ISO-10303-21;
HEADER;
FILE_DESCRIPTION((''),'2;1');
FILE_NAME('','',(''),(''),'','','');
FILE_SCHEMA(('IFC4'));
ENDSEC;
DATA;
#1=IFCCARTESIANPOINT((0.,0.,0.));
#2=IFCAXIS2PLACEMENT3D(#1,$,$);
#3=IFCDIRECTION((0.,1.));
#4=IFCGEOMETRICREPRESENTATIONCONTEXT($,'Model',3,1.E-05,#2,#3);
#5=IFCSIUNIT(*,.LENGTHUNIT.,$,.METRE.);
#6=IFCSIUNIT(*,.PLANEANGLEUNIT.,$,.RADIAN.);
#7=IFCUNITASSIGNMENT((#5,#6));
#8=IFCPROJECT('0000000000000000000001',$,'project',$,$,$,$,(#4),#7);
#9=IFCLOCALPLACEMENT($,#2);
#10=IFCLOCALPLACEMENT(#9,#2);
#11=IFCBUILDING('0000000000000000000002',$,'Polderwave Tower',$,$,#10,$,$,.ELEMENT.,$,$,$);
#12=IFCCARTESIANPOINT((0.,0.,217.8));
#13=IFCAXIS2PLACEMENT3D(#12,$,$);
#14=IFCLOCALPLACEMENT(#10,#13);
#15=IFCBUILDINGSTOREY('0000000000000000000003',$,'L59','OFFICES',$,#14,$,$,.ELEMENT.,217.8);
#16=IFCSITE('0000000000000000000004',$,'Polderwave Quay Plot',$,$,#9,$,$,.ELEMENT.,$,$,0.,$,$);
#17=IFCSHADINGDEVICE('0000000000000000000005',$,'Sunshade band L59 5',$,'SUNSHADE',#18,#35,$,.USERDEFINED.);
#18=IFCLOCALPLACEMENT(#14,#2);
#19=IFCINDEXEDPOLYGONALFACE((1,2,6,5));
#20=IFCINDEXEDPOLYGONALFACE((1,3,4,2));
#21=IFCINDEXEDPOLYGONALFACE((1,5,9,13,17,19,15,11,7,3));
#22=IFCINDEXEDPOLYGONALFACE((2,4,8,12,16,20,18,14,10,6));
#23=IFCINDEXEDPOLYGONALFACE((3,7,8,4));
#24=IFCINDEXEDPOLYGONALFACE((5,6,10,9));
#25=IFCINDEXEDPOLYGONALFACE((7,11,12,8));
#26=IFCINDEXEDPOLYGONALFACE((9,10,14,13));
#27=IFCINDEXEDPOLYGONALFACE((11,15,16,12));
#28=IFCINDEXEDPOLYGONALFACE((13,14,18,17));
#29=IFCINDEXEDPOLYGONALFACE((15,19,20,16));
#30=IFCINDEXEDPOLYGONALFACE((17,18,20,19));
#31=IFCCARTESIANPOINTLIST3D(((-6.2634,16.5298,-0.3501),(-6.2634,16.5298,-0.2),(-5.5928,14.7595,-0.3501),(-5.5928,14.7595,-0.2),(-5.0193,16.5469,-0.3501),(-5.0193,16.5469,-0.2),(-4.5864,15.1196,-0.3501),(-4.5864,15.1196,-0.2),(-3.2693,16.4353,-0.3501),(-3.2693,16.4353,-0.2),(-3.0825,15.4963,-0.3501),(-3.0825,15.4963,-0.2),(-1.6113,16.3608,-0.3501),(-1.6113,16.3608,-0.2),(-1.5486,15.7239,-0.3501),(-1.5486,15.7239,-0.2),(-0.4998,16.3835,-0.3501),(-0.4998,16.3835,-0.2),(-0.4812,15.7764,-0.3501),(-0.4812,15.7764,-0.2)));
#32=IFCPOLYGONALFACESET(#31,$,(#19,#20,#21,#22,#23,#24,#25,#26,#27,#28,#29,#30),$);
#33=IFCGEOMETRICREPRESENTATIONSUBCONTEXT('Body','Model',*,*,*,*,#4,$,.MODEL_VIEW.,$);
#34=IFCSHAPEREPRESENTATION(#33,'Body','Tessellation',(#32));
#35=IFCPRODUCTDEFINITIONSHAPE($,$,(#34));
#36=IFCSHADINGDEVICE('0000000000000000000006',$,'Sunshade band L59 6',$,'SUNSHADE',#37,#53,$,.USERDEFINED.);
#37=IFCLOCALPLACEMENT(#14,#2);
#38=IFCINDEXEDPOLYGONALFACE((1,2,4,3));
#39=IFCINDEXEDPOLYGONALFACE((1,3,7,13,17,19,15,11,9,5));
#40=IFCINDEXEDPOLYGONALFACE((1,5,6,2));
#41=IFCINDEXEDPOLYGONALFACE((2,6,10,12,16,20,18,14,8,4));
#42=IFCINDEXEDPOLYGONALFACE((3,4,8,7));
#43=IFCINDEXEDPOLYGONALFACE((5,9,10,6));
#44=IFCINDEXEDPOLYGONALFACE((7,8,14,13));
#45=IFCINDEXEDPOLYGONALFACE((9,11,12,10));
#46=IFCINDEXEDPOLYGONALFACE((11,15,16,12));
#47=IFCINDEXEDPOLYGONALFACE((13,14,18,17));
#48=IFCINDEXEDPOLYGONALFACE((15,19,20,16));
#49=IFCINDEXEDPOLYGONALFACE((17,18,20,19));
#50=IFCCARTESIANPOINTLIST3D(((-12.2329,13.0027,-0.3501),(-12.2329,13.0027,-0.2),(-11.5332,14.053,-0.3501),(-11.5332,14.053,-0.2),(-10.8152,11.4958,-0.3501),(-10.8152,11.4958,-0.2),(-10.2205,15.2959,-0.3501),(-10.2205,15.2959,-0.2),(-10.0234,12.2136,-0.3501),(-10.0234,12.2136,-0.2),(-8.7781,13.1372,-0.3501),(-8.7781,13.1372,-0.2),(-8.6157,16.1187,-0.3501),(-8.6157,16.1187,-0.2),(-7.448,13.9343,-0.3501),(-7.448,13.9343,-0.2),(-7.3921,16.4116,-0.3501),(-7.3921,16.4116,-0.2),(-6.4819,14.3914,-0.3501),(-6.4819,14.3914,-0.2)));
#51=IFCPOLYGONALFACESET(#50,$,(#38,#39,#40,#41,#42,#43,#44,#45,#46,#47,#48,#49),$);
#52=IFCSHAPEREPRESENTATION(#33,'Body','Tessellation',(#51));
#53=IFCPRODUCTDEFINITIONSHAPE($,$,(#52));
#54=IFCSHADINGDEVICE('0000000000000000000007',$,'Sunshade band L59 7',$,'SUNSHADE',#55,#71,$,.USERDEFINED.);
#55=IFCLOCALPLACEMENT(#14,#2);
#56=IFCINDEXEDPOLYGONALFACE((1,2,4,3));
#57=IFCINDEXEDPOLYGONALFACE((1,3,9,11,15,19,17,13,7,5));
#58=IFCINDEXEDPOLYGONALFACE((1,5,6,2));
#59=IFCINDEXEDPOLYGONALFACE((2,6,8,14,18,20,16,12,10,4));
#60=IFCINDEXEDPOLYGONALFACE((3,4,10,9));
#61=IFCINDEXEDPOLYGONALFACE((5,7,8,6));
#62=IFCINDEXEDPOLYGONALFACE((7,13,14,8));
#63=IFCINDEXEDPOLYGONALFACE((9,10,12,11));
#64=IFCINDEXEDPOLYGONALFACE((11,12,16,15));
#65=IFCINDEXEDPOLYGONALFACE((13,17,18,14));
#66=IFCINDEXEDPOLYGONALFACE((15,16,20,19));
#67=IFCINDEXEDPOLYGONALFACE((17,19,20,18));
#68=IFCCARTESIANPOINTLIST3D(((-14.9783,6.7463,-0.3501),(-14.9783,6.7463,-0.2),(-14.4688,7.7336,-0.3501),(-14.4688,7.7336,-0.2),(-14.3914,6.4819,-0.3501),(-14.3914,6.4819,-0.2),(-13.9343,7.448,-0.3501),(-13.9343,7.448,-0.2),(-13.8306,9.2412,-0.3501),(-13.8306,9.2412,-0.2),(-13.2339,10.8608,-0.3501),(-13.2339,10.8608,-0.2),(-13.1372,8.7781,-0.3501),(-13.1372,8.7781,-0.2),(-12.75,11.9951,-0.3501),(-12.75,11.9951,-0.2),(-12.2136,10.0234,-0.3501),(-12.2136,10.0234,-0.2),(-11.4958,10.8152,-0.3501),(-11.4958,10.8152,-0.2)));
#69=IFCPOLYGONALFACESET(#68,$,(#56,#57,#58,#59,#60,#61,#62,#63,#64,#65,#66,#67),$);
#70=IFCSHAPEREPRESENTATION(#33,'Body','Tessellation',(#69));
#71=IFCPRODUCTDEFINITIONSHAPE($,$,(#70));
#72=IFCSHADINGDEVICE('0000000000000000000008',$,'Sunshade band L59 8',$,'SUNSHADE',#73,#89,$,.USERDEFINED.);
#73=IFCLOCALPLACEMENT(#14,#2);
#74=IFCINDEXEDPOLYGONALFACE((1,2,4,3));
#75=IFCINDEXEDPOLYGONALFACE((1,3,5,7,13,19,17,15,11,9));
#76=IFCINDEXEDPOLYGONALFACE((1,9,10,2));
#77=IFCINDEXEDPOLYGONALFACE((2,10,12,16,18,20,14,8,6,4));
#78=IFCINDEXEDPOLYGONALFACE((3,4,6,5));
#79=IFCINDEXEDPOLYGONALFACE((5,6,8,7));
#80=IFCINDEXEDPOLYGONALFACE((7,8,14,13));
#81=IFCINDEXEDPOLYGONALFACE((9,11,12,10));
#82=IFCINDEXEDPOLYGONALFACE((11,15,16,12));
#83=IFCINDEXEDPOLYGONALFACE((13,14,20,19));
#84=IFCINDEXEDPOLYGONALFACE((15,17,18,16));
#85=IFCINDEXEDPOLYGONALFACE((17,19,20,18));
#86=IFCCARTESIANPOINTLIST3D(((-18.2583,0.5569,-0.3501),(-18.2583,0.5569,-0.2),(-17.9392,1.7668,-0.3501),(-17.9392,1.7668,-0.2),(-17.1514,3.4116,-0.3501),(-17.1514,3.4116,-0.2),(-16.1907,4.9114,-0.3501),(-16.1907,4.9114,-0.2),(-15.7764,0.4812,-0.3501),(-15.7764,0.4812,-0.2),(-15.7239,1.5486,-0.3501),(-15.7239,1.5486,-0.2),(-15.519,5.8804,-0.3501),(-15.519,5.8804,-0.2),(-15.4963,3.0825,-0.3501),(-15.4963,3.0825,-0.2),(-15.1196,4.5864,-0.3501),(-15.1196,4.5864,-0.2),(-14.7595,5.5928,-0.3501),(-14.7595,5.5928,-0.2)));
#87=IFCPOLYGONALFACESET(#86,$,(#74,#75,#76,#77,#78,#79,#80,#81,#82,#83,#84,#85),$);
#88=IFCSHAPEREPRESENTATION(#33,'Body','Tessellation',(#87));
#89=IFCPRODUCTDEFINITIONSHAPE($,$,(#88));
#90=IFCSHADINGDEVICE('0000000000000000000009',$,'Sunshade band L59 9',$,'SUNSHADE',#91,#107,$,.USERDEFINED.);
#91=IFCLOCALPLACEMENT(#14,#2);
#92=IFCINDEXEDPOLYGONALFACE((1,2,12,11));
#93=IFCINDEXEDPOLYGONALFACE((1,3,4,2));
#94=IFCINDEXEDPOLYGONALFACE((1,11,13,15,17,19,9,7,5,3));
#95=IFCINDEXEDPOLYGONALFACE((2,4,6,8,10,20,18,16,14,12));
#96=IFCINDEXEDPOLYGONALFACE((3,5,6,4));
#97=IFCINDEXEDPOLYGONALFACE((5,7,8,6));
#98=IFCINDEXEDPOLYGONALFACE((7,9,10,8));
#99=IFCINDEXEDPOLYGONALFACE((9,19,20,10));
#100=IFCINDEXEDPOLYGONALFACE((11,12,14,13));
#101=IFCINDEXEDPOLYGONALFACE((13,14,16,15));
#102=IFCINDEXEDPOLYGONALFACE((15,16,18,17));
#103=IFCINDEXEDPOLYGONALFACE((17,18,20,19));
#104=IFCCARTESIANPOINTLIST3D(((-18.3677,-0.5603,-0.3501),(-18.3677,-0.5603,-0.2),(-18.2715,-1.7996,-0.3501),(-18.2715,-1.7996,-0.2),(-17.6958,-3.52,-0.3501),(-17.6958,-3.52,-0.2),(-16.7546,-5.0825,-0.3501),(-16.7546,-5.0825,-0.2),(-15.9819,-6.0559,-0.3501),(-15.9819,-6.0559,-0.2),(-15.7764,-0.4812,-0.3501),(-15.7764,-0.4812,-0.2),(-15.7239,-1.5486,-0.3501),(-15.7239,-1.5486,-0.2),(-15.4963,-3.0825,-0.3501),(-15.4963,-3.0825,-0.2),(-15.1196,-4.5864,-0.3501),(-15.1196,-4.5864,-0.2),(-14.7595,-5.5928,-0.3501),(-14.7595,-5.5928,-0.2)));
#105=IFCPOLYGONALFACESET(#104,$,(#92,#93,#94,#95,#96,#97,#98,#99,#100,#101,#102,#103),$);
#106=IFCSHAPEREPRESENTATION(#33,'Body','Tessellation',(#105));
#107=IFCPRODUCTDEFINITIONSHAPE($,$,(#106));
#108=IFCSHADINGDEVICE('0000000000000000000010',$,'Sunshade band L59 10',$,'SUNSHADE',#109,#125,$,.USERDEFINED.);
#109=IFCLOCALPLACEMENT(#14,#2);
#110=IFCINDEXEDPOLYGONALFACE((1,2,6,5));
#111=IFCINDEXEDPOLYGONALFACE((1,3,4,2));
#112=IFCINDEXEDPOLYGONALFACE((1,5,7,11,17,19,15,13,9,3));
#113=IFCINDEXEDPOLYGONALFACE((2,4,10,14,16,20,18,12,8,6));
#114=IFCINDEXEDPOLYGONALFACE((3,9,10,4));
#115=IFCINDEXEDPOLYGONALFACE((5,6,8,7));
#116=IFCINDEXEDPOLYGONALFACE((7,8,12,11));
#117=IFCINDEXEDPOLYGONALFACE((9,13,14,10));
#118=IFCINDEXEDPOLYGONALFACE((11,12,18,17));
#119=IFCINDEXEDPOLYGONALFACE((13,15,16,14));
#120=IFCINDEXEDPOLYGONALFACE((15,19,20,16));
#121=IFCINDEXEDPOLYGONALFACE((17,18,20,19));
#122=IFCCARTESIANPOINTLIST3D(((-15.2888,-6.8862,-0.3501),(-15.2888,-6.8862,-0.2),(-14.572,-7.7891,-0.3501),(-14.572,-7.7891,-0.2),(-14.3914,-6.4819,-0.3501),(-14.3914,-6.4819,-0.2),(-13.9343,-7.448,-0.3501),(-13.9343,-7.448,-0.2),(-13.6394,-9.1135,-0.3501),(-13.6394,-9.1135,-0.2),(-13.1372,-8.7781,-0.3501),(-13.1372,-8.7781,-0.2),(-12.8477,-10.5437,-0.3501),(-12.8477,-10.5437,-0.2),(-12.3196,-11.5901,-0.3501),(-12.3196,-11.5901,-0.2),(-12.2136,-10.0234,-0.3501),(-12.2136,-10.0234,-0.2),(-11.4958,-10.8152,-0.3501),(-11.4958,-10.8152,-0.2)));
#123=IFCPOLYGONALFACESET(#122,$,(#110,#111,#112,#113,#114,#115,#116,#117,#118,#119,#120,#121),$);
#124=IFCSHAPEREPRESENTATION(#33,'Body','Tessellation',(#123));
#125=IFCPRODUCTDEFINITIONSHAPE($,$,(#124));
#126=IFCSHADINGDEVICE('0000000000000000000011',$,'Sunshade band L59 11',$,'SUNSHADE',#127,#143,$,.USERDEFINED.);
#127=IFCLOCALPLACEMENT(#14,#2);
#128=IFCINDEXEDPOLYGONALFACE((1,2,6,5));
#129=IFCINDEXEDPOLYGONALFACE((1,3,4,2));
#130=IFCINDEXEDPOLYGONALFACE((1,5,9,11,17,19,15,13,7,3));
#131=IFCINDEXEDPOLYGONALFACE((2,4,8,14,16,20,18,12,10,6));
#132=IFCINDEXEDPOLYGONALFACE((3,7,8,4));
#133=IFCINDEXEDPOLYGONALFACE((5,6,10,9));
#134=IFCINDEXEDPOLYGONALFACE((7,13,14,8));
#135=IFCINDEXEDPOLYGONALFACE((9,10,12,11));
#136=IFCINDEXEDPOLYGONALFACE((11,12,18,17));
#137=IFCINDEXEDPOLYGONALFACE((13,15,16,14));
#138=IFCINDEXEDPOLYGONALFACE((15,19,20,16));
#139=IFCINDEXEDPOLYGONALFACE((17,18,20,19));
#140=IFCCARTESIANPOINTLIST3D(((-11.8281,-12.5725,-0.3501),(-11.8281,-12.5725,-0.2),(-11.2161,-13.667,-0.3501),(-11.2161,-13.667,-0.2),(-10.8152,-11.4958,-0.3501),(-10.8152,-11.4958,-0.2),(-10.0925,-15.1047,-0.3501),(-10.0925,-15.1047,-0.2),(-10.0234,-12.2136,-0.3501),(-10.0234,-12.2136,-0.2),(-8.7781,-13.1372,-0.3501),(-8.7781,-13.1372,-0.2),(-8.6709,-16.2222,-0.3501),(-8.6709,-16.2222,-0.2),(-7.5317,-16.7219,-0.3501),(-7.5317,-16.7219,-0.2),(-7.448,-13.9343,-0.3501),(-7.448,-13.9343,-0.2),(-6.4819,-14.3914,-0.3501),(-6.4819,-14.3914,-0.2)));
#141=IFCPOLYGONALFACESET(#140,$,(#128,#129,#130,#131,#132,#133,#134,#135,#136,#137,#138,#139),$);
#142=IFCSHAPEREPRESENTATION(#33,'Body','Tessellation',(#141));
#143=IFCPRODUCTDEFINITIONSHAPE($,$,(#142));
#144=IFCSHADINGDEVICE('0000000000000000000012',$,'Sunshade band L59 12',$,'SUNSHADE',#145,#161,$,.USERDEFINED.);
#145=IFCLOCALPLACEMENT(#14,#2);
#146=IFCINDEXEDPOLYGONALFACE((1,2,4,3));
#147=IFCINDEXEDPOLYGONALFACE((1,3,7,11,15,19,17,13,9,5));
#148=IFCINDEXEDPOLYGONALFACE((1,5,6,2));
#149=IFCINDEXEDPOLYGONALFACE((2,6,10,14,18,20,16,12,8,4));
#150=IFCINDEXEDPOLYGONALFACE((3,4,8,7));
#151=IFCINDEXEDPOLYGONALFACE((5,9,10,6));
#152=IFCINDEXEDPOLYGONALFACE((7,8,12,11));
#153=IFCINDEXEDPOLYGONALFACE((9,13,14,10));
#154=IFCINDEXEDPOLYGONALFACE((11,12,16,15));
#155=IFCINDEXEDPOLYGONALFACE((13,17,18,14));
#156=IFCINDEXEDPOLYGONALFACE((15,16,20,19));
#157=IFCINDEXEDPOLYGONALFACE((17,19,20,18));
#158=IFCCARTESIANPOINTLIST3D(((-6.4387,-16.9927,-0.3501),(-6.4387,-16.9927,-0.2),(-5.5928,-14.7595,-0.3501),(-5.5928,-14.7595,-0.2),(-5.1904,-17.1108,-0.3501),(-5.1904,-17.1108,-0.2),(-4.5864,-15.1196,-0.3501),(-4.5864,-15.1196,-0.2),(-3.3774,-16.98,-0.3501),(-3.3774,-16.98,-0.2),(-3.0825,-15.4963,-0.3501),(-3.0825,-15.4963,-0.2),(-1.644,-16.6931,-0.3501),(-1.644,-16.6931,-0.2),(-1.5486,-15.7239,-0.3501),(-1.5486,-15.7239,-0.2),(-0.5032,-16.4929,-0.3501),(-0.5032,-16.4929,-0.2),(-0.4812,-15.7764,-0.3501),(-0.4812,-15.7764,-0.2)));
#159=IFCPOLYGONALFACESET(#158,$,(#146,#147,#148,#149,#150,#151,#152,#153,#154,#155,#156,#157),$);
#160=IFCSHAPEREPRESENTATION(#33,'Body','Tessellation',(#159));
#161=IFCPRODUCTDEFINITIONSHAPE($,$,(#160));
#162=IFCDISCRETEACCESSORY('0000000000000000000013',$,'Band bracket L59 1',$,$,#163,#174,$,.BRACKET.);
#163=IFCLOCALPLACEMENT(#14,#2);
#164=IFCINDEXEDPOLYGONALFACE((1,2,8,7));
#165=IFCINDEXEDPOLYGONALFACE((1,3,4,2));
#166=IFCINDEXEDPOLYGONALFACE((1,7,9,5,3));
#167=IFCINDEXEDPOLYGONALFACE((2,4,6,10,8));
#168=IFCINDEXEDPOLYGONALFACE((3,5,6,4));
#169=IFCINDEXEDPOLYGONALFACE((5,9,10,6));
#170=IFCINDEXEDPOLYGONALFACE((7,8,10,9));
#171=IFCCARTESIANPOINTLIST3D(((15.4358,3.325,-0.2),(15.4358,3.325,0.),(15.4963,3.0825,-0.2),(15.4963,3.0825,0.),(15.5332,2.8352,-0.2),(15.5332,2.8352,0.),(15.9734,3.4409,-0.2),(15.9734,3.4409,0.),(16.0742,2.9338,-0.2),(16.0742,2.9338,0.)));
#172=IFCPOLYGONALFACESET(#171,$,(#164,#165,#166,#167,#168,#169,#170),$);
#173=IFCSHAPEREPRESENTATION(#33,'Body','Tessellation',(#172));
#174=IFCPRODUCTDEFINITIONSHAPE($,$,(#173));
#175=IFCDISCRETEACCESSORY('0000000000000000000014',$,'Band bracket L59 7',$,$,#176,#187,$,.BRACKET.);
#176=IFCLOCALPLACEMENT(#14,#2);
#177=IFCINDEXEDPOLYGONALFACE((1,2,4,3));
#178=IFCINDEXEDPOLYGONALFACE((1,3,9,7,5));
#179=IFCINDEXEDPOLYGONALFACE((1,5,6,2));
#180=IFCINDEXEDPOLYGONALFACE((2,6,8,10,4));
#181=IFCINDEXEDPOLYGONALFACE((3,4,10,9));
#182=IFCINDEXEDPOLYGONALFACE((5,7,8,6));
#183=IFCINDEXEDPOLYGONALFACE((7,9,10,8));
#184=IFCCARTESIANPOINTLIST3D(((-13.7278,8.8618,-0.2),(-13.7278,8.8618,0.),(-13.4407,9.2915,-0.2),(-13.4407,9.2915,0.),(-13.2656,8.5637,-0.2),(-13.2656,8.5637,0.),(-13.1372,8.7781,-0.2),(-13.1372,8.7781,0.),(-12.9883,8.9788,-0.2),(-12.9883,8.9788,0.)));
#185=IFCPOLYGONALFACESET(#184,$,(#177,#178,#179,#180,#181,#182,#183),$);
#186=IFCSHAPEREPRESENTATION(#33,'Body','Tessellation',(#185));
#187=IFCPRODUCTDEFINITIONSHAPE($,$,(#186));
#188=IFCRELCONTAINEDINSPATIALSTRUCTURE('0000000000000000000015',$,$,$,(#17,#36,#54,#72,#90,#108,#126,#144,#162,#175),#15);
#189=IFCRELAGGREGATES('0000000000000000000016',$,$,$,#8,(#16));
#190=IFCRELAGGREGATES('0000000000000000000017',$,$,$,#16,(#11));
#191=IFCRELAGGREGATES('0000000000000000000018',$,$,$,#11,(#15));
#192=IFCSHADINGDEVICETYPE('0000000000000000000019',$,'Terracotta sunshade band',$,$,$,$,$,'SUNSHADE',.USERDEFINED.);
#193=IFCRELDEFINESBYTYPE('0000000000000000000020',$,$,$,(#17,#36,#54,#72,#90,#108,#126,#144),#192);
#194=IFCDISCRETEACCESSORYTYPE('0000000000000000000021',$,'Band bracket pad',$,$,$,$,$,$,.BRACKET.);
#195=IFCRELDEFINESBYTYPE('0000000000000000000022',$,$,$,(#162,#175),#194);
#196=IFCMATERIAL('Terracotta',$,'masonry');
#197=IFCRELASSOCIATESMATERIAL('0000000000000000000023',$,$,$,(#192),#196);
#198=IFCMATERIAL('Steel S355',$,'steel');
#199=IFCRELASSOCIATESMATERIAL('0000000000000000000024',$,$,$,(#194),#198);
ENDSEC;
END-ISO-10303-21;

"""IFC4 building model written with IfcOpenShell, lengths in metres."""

from ifc_helpers import new_model, si_unit, direction, frame, origin, place, context, subcontext, project, spatial, polyline, outline, extrude, material, type_object, element, save


model = new_model("IFC4")

# Units and contexts
model_context = context("Model", 3, precision=1e-05, world=origin(), true_north=direction((0.0, 1.0)))
body_context = subcontext(model_context, "Body", "Model", "MODEL_VIEW")
ifc_project = project(units=[si_unit("LENGTHUNIT", "METRE"), si_unit("PLANEANGLEUNIT", "RADIAN")], contexts=[model_context])

# Site, building, storey
site_placement = place(None, origin())
site = spatial("IfcSite", under=ifc_project, at=site_placement, Name="Polderwave Quay Plot", CompositionType="ELEMENT", RefElevation=0.0)
building_placement = place(site_placement, origin())
building = spatial("IfcBuilding", under=site, at=building_placement, Name="Polderwave Tower", CompositionType="ELEMENT")
storey_placement = place(building_placement, frame((0.0, 0.0, 217.8)))
storey = spatial("IfcBuildingStorey", under=building, at=storey_placement, Name="L59", Description="OFFICES", CompositionType="ELEMENT", Elevation=217.8)

# Shading devices
ifc_material_1 = material(Name="Terracotta", Category="masonry")
shading_device_type = type_object("IfcShadingDeviceType", Name="Terracotta sunshade band", ElementType="SUNSHADE", PredefinedType="USERDEFINED", material=ifc_material_1)
shading_device_1_placement = place(storey_placement, frame((0.0, 0.0, -0.3501)))
element("IfcShadingDevice", 1, at=shading_device_1_placement, inside=storey, type_object=shading_device_type, Name="Sunshade band L59 5", ObjectType="SUNSHADE", PredefinedType="USERDEFINED", context=body_context, shape_type="SweptSolid", body=[
    extrude(outline(polyline([(-0.4812, 15.7764), (-1.5486, 15.7239), (-3.0825, 15.4963), (-4.5864, 15.1196), (-5.5928, 14.7595), (-6.2634, 16.5298), (-5.0193, 16.5469), (-3.2693, 16.4353), (-1.6113, 16.3608), (-0.4998, 16.3835), (-0.4812, 15.7764)])), origin(), (0.0, 0.0, 1.0), 0.1501),
])
shading_device_2_placement = place(storey_placement, frame((0.0, 0.0, -0.3501)))
element("IfcShadingDevice", 2, at=shading_device_2_placement, inside=storey, type_object=shading_device_type, Name="Sunshade band L59 6", ObjectType="SUNSHADE", PredefinedType="USERDEFINED", context=body_context, shape_type="SweptSolid", body=[
    extrude(outline(polyline([(-6.4819, 14.3914), (-7.448, 13.9343), (-8.7781, 13.1372), (-10.0234, 12.2136), (-10.8152, 11.4958), (-12.2329, 13.0027), (-11.5332, 14.053), (-10.2205, 15.2959), (-8.6157, 16.1187), (-7.3921, 16.4116), (-6.4819, 14.3914)])), origin(), (0.0, 0.0, 1.0), 0.1501),
])
shading_device_3_placement = place(storey_placement, frame((0.0, 0.0, -0.3501)))
element("IfcShadingDevice", 3, at=shading_device_3_placement, inside=storey, type_object=shading_device_type, Name="Sunshade band L59 7", ObjectType="SUNSHADE", PredefinedType="USERDEFINED", context=body_context, shape_type="SweptSolid", body=[
    extrude(outline(polyline([(-11.4958, 10.8152), (-12.2136, 10.0234), (-13.1372, 8.7781), (-13.9343, 7.448), (-14.3914, 6.4819), (-14.9783, 6.7463), (-14.4688, 7.7336), (-13.8306, 9.2412), (-13.2339, 10.8608), (-12.75, 11.9951), (-11.4958, 10.8152)])), origin(), (0.0, 0.0, 1.0), 0.1501),
])
shading_device_4_placement = place(storey_placement, frame((0.0, 0.0, -0.3501)))
element("IfcShadingDevice", 4, at=shading_device_4_placement, inside=storey, type_object=shading_device_type, Name="Sunshade band L59 8", ObjectType="SUNSHADE", PredefinedType="USERDEFINED", context=body_context, shape_type="SweptSolid", body=[
    extrude(outline(polyline([(-14.7595, 5.5928), (-15.1196, 4.5864), (-15.4963, 3.0825), (-15.7239, 1.5486), (-15.7764, 0.4812), (-18.2583, 0.5569), (-17.9392, 1.7668), (-17.1514, 3.4116), (-16.1907, 4.9114), (-15.519, 5.8804), (-14.7595, 5.5928)])), origin(), (0.0, 0.0, 1.0), 0.1501),
])
shading_device_5_placement = place(storey_placement, frame((0.0, 0.0, -0.3501)))
element("IfcShadingDevice", 5, at=shading_device_5_placement, inside=storey, type_object=shading_device_type, Name="Sunshade band L59 9", ObjectType="SUNSHADE", PredefinedType="USERDEFINED", context=body_context, shape_type="SweptSolid", body=[
    extrude(outline(polyline([(-15.7764, -0.4812), (-15.7239, -1.5486), (-15.4963, -3.0825), (-15.1196, -4.5864), (-14.7595, -5.5928), (-15.9819, -6.0559), (-16.7546, -5.0825), (-17.6958, -3.52), (-18.2715, -1.7996), (-18.3677, -0.5603), (-15.7764, -0.4812)])), origin(), (0.0, 0.0, 1.0), 0.1501),
])
shading_device_6_placement = place(storey_placement, frame((0.0, 0.0, -0.3501)))
element("IfcShadingDevice", 6, at=shading_device_6_placement, inside=storey, type_object=shading_device_type, Name="Sunshade band L59 10", ObjectType="SUNSHADE", PredefinedType="USERDEFINED", context=body_context, shape_type="SweptSolid", body=[
    extrude(outline(polyline([(-14.3914, -6.4819), (-13.9343, -7.448), (-13.1372, -8.7781), (-12.2136, -10.0234), (-11.4958, -10.8152), (-12.3196, -11.5901), (-12.8477, -10.5437), (-13.6394, -9.1135), (-14.572, -7.7891), (-15.2888, -6.8862), (-14.3914, -6.4819)])), origin(), (0.0, 0.0, 1.0), 0.1501),
])
shading_device_7_placement = place(storey_placement, frame((0.0, 0.0, -0.3501)))
element("IfcShadingDevice", 7, at=shading_device_7_placement, inside=storey, type_object=shading_device_type, Name="Sunshade band L59 11", ObjectType="SUNSHADE", PredefinedType="USERDEFINED", context=body_context, shape_type="SweptSolid", body=[
    extrude(outline(polyline([(-10.8152, -11.4958), (-10.0234, -12.2136), (-8.7781, -13.1372), (-7.448, -13.9343), (-6.4819, -14.3914), (-7.5317, -16.7219), (-8.6709, -16.2222), (-10.0925, -15.1047), (-11.2161, -13.667), (-11.8281, -12.5725), (-10.8152, -11.4958)])), origin(), (0.0, 0.0, 1.0), 0.1501),
])
shading_device_8_placement = place(storey_placement, frame((0.0, 0.0, -0.3501)))
element("IfcShadingDevice", 8, at=shading_device_8_placement, inside=storey, type_object=shading_device_type, Name="Sunshade band L59 12", ObjectType="SUNSHADE", PredefinedType="USERDEFINED", context=body_context, shape_type="SweptSolid", body=[
    extrude(outline(polyline([(-5.5928, -14.7595), (-4.5864, -15.1196), (-3.0825, -15.4963), (-1.5486, -15.7239), (-0.4812, -15.7764), (-0.5032, -16.4929), (-1.644, -16.6931), (-3.3774, -16.98), (-5.1904, -17.1108), (-6.4387, -16.9927), (-5.5928, -14.7595)])), origin(), (0.0, 0.0, 1.0), 0.1501),
])

# Discrete accessories
ifc_material_2 = material(Name="Steel S355", Category="steel")
discrete_accessory_type = type_object("IfcDiscreteAccessoryType", Name="Band bracket pad", PredefinedType="BRACKET", material=ifc_material_2)
discrete_accessory_1_placement = place(storey_placement, frame((0.0, 0.0, -0.2)))
element("IfcDiscreteAccessory", 9, at=discrete_accessory_1_placement, inside=storey, type_object=discrete_accessory_type, Name="Band bracket L59 1", PredefinedType="BRACKET", context=body_context, shape_type="SweptSolid", body=[
    extrude(outline(polyline([(15.5332, 2.8352), (15.4963, 3.0825), (15.4358, 3.325), (15.9734, 3.4409), (16.0742, 2.9338), (15.5332, 2.8352)])), origin(), (0.0, 0.0, 1.0), 0.2),
])
discrete_accessory_2_placement = place(storey_placement, frame((0.0, 0.0, -0.2)))
element("IfcDiscreteAccessory", 10, at=discrete_accessory_2_placement, inside=storey, type_object=discrete_accessory_type, Name="Band bracket L59 7", PredefinedType="BRACKET", context=body_context, shape_type="SweptSolid", body=[
    extrude(outline(polyline([(-12.9883, 8.9788), (-13.1372, 8.7781), (-13.2656, 8.5637), (-13.7278, 8.8618), (-13.4407, 9.2915), (-12.9883, 8.9788)])), origin(), (0.0, 0.0, 1.0), 0.2),
])

save(model, "model.ifc")
